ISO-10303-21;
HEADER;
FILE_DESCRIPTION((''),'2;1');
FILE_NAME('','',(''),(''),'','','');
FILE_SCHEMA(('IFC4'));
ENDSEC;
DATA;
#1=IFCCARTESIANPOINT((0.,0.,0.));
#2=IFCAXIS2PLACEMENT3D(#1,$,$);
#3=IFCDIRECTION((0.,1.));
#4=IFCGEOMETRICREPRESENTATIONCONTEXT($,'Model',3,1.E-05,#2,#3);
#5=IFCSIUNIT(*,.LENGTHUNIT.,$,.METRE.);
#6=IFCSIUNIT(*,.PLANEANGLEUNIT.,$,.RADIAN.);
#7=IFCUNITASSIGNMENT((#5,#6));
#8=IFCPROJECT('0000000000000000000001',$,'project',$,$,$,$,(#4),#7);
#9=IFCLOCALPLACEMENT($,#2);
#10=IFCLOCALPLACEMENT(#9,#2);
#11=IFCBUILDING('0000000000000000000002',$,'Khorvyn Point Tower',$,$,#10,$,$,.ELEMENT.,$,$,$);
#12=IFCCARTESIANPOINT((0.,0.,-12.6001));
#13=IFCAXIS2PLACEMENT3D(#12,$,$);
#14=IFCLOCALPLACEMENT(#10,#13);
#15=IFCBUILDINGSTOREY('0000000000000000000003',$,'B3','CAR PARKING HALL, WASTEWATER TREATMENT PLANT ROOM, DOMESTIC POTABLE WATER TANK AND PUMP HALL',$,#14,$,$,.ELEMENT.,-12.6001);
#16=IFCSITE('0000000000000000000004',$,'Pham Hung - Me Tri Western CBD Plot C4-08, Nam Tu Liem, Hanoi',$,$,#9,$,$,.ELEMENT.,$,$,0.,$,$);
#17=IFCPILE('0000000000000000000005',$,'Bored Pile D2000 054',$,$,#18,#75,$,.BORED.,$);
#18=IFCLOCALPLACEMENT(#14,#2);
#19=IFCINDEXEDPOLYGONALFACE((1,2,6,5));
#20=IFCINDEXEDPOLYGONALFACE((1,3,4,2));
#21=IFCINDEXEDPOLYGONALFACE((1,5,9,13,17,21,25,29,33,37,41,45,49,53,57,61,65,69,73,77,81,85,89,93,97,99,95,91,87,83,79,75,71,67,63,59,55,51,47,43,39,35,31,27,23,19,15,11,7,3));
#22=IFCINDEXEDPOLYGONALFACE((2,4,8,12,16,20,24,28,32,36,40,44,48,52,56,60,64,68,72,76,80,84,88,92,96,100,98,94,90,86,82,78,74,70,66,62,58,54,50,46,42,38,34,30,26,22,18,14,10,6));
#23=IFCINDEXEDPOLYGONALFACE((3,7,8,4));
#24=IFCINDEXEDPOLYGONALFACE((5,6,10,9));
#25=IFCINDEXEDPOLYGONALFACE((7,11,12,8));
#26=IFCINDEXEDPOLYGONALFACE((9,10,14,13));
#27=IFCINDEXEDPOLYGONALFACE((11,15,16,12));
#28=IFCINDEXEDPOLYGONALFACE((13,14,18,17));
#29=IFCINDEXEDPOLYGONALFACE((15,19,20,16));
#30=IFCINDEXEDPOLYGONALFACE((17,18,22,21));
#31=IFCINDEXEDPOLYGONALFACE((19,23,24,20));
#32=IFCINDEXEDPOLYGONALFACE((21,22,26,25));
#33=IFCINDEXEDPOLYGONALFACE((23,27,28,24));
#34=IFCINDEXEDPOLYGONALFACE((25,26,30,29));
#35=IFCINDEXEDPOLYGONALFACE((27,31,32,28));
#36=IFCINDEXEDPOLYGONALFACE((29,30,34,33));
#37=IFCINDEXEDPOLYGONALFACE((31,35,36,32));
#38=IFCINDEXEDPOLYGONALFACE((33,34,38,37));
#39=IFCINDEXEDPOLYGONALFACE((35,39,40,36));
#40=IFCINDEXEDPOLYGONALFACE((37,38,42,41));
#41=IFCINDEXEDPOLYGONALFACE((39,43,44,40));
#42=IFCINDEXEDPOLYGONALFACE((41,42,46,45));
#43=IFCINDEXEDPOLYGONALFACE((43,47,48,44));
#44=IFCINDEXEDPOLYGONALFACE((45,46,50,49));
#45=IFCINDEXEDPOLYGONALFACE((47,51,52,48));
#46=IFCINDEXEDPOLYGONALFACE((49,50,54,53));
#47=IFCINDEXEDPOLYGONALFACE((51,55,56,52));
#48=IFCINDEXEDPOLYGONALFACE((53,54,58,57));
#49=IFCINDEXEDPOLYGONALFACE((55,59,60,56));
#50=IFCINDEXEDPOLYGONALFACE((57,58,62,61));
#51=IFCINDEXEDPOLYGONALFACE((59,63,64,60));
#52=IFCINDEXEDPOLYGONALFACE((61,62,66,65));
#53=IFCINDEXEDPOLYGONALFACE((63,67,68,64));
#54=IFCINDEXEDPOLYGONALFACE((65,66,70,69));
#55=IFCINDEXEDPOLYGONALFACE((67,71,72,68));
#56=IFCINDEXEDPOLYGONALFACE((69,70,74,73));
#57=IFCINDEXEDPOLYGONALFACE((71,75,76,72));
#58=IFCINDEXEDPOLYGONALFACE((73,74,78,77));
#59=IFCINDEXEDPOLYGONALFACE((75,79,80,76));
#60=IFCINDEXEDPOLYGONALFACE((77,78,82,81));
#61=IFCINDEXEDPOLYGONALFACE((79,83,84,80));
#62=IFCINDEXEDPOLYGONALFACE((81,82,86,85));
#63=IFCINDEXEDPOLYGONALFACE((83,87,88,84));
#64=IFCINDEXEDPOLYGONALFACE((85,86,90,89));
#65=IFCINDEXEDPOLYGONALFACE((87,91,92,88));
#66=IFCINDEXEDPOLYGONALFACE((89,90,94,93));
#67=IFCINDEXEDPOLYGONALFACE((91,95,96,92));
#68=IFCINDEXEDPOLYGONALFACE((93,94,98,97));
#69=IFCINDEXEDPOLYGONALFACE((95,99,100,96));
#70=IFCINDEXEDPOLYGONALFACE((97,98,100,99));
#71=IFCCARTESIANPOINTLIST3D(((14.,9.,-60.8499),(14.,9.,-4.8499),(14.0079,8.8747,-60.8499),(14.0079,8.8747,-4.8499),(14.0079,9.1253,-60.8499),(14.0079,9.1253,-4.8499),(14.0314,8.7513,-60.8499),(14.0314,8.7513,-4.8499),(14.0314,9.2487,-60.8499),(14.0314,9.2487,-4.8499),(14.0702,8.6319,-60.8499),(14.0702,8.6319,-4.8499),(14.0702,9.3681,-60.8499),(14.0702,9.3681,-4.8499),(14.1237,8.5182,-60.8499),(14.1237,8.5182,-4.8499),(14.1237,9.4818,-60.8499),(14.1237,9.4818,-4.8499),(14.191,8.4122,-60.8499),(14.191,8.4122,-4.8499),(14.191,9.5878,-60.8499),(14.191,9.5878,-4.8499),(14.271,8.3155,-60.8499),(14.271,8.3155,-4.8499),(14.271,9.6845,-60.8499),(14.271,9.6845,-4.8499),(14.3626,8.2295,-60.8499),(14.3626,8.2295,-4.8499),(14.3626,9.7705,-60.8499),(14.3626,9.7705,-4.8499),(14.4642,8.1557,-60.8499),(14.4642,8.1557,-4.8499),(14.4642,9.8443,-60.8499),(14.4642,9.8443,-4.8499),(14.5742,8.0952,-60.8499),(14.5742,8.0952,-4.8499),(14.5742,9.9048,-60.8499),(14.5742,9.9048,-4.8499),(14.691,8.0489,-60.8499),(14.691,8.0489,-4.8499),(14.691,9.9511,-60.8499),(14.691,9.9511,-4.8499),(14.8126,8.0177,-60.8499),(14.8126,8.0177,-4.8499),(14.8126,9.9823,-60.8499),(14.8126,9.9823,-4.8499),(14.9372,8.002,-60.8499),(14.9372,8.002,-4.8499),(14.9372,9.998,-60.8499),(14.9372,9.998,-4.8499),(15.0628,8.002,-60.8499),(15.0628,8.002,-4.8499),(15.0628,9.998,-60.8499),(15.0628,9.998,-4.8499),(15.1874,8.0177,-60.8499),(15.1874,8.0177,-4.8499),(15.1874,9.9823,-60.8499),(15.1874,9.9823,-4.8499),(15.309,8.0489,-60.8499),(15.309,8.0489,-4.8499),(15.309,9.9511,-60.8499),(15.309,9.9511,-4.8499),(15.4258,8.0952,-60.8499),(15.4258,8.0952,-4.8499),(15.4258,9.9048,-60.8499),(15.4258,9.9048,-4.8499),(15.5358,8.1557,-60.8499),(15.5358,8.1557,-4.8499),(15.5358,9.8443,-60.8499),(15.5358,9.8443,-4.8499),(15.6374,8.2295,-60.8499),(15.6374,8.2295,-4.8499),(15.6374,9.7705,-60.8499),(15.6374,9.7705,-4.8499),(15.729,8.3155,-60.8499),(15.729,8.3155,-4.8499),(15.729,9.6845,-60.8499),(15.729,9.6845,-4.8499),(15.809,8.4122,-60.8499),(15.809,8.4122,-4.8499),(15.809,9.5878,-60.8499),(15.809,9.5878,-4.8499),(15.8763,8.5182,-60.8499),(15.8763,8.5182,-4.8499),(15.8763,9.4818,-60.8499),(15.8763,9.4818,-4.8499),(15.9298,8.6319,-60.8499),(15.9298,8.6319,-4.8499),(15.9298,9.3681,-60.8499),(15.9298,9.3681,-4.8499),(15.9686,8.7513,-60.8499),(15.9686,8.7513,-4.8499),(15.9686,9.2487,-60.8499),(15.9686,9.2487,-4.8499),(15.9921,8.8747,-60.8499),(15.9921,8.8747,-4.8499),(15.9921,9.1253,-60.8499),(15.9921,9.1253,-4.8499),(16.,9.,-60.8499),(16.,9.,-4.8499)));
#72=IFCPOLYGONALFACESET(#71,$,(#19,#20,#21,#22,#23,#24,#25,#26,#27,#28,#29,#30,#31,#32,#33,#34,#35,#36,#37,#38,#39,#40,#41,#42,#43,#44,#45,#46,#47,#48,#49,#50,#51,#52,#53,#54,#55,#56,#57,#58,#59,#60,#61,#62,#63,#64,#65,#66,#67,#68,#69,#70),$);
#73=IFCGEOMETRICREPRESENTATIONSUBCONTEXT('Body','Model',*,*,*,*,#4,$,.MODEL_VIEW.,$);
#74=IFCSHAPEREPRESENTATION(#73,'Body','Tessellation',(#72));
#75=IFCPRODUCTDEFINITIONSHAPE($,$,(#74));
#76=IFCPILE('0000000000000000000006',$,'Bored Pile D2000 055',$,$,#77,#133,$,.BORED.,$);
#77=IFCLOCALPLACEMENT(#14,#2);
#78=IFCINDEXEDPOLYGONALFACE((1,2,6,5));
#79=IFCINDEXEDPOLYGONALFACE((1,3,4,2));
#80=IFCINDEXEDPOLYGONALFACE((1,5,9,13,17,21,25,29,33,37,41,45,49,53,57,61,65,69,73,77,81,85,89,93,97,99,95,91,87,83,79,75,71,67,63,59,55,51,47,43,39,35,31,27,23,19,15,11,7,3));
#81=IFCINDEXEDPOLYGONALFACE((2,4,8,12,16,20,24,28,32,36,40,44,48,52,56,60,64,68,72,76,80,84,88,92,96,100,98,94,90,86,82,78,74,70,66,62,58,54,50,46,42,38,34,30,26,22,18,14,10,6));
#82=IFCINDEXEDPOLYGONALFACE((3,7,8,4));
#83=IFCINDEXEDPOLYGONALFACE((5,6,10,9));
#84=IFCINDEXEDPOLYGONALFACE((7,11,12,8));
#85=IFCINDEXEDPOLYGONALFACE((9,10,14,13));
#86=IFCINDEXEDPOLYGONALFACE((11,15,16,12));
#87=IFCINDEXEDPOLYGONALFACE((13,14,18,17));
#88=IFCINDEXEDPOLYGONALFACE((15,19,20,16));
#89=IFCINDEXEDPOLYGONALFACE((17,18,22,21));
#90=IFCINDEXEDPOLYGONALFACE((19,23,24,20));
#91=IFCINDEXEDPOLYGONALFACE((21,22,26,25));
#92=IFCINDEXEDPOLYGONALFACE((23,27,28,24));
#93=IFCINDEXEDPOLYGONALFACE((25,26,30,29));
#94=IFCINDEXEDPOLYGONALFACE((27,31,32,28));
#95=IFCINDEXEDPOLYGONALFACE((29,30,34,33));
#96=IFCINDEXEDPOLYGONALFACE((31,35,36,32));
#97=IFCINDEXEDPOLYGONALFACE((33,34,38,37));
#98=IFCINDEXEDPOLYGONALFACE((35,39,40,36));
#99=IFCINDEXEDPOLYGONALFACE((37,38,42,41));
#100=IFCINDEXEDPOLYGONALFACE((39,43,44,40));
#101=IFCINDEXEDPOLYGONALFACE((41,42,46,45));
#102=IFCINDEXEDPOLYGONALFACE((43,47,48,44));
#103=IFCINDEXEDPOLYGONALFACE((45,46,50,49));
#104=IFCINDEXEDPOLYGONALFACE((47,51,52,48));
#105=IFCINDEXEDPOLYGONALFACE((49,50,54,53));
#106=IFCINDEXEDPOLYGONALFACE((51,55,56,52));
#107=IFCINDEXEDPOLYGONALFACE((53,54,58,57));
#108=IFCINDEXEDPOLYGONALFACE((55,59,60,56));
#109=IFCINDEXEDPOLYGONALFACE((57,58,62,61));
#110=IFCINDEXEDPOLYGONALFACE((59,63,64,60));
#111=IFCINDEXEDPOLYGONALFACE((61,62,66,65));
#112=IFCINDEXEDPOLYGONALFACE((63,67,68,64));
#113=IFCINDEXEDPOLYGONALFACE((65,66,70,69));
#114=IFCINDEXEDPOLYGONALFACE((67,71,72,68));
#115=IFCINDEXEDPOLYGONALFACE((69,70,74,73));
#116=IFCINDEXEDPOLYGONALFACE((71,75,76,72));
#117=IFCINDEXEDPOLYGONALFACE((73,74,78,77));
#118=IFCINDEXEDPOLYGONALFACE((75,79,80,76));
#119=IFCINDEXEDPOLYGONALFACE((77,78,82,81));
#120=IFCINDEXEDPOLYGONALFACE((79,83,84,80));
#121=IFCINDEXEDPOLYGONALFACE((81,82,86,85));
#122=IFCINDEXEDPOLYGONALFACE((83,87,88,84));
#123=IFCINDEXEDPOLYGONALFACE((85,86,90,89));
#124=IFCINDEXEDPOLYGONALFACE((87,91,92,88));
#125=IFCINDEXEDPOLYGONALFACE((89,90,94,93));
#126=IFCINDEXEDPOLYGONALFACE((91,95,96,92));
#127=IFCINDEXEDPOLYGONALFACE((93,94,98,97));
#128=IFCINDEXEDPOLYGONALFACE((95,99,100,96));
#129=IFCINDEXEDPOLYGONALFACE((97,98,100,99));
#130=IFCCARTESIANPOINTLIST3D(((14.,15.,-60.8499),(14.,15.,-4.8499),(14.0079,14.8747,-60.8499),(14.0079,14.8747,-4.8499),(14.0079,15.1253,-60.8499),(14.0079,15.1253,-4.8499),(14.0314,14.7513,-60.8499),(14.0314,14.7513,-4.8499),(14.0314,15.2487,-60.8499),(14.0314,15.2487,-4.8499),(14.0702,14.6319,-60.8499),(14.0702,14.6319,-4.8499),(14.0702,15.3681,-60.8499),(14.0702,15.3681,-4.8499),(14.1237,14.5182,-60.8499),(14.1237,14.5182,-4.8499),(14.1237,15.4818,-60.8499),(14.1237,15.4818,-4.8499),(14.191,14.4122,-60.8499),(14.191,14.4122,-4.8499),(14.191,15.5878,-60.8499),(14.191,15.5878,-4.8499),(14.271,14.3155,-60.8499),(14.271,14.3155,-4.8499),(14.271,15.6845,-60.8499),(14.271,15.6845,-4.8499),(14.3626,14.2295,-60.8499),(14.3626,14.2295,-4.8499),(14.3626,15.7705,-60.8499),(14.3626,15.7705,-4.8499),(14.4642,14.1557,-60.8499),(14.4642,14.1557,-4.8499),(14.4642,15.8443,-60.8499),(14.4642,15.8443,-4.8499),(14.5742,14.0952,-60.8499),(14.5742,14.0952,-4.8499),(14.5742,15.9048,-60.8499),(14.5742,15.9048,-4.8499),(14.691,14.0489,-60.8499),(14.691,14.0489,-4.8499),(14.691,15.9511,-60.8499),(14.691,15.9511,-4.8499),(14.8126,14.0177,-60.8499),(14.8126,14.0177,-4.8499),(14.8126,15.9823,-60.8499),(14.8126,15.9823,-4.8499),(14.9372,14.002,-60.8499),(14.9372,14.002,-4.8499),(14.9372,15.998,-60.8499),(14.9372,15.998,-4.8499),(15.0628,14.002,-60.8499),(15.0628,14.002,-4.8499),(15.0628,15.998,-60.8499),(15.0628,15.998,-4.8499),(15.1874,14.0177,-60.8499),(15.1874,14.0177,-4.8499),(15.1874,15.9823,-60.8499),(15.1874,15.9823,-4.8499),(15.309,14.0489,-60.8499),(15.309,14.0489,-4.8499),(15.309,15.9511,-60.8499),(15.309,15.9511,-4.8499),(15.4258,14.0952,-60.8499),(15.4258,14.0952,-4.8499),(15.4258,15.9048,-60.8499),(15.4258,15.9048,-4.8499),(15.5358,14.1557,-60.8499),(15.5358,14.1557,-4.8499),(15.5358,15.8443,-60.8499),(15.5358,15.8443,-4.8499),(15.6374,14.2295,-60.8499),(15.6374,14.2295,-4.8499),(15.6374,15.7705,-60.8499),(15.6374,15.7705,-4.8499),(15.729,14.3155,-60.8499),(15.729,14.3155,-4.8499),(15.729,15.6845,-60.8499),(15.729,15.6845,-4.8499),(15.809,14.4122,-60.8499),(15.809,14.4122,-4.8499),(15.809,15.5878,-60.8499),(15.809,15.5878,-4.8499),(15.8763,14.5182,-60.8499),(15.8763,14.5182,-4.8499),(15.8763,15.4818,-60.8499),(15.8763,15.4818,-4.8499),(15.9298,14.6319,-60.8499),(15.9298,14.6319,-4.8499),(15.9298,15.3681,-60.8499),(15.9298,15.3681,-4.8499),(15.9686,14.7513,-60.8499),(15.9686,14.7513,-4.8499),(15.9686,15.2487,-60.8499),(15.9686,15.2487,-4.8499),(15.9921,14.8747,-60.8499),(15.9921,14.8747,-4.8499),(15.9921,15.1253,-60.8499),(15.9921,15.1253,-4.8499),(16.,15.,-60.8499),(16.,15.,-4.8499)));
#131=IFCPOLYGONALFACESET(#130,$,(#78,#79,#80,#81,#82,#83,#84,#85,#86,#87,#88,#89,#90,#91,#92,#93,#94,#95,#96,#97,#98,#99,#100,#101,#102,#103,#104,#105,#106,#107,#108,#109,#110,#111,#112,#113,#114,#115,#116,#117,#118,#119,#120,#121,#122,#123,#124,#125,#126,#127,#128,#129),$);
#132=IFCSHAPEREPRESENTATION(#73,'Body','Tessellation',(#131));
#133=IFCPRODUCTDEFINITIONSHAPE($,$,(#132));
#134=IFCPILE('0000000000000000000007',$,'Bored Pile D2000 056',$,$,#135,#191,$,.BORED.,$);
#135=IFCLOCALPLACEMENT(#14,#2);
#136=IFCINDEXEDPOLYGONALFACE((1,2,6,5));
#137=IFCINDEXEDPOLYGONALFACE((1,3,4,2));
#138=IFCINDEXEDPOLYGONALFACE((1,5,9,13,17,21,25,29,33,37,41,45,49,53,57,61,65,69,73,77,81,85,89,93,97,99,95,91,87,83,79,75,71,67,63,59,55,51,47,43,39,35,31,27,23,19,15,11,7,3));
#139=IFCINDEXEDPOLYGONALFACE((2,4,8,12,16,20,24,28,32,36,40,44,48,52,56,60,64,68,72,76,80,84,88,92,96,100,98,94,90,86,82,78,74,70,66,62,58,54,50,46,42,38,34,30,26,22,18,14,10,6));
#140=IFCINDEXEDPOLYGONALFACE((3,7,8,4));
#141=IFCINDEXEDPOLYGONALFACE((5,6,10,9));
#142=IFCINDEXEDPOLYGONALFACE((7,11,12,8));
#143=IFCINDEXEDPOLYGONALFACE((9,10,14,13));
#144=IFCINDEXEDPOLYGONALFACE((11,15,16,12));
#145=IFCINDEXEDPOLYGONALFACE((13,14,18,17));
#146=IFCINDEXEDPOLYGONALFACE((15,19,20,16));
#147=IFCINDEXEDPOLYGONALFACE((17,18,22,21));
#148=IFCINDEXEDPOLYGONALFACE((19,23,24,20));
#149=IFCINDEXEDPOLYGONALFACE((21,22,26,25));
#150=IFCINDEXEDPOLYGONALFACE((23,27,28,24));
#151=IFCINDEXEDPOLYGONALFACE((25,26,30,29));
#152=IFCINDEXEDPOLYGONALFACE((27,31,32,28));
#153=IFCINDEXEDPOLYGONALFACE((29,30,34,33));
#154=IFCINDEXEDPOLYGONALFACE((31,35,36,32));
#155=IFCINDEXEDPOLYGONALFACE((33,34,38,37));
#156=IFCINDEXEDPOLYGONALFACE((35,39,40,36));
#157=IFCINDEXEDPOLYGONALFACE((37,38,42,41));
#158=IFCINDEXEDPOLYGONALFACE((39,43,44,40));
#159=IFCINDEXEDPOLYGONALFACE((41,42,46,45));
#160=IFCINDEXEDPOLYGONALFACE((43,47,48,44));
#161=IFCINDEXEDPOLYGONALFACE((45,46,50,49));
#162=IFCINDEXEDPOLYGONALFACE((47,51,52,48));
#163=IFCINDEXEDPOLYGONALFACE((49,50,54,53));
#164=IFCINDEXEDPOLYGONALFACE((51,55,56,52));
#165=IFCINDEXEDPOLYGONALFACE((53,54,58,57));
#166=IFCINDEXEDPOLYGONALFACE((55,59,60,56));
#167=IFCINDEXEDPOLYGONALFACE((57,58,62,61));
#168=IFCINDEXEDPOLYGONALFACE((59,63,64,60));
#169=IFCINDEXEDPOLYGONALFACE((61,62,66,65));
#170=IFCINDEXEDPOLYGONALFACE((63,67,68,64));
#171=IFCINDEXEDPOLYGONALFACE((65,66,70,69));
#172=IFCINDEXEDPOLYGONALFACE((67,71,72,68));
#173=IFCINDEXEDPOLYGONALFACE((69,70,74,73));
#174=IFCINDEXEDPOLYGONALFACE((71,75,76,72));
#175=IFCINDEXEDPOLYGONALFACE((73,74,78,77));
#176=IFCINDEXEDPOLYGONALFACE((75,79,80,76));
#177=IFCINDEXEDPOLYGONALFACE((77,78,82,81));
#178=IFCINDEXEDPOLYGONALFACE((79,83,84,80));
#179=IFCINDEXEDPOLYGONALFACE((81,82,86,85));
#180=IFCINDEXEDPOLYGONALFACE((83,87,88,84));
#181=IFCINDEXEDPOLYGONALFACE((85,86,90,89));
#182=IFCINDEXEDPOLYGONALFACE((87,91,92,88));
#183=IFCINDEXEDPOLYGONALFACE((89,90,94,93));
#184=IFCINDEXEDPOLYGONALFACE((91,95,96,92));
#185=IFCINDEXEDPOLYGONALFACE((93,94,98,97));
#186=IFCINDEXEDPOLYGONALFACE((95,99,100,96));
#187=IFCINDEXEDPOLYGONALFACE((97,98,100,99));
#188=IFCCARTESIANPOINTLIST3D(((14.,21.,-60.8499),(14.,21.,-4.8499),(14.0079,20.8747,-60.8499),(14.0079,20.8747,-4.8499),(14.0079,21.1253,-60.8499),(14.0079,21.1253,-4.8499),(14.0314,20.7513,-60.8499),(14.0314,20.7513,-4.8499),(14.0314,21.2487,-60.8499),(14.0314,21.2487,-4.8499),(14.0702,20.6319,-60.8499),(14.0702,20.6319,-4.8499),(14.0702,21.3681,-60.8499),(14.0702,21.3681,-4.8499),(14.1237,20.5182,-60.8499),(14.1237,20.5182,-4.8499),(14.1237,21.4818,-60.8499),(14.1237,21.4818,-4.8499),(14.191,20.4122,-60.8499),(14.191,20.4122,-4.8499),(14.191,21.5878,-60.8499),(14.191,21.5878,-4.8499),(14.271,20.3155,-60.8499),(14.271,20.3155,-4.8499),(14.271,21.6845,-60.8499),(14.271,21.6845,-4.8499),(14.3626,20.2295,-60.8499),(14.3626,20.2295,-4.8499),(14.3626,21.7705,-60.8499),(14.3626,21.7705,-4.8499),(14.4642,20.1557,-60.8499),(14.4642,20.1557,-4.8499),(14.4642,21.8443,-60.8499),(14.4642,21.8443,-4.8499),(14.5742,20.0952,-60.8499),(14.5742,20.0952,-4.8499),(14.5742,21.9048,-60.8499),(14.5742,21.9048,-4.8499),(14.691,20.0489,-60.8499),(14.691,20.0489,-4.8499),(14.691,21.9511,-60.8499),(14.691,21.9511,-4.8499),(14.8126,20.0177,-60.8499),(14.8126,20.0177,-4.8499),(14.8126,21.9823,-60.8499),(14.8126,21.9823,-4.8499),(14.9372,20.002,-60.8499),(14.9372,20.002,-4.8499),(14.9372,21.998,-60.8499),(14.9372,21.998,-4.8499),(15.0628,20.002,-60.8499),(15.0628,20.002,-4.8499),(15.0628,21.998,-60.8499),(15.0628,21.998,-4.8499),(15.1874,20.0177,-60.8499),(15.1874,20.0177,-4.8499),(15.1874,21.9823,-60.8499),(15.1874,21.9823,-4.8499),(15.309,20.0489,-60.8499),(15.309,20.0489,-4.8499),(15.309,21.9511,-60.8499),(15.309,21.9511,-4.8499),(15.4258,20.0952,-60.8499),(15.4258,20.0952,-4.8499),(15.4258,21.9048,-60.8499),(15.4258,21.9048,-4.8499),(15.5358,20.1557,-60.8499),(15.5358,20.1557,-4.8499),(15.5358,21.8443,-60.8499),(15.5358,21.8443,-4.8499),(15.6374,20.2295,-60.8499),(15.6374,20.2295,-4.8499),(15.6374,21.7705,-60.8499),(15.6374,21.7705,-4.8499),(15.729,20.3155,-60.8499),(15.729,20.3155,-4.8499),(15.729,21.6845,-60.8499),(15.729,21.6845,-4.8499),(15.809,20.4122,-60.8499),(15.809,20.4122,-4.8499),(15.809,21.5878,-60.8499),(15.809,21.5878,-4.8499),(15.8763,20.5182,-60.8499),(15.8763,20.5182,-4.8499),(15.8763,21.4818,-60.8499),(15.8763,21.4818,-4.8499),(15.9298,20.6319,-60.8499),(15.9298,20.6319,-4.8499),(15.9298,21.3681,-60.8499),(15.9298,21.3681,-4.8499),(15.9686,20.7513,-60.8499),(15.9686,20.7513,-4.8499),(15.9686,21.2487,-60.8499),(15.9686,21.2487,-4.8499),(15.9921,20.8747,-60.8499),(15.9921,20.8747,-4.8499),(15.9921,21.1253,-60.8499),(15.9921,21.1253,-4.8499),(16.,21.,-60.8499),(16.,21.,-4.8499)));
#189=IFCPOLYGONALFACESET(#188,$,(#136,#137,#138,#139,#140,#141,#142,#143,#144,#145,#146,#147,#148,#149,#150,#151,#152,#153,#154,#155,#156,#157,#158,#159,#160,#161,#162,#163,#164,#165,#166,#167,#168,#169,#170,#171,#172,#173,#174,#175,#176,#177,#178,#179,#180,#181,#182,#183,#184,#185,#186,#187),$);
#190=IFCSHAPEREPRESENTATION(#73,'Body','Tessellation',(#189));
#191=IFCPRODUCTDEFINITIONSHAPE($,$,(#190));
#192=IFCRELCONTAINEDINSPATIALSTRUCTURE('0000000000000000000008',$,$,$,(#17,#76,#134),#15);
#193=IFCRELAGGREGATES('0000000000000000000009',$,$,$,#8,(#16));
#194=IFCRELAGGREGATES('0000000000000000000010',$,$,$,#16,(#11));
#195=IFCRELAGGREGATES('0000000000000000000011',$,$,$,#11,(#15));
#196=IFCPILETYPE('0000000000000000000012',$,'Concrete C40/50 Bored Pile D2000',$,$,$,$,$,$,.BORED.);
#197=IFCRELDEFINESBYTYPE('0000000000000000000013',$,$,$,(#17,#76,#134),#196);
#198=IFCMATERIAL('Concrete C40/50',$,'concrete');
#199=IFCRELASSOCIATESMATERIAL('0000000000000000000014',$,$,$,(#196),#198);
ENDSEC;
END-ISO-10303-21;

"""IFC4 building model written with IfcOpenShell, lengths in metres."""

from ifc_helpers import new_model, si_unit, direction, frame, origin, origin_2d, place, context, subcontext, project, spatial, circle, extrude, material, material_profile, profile_set, type_object, element, save


model = new_model("IFC4")

# Units and contexts
model_context = context("Model", 3, precision=1e-05, world=origin(), true_north=direction((0.0, 1.0)))
body_context = subcontext(model_context, "Body", "Model", "MODEL_VIEW")
ifc_project = project(units=[si_unit("LENGTHUNIT", "METRE"), si_unit("PLANEANGLEUNIT", "RADIAN")], contexts=[model_context])

# Site, building, storey
site_placement = place(None, origin())
site = spatial("IfcSite", under=ifc_project, at=site_placement, Name="Pham Hung - Me Tri Western CBD Plot C4-08, Nam Tu Liem, Hanoi", CompositionType="ELEMENT", RefElevation=0.0)
building_placement = place(site_placement, origin())
building = spatial("IfcBuilding", under=site, at=building_placement, Name="Khorvyn Point Tower", CompositionType="ELEMENT")
storey_placement = place(building_placement, frame((0.0, 0.0, -12.6001)))
storey = spatial("IfcBuildingStorey", under=building, at=storey_placement, Name="B3", Description="CAR PARKING HALL, WASTEWATER TREATMENT PLANT ROOM, DOMESTIC POTABLE WATER TANK AND PUMP HALL", CompositionType="ELEMENT", Elevation=-12.6001)

# Piles
ifc_material_1 = material(Name="Concrete C40/50", Category="concrete")
ifc_material_profile_1 = material_profile(ifc_material_1, circle(Radius=1.0, at=origin_2d()))
ifc_profile_set_1 = profile_set([ifc_material_profile_1], Name="Concrete C40/50 PILE-D2000")
pile_type_1 = type_object("IfcPileType", Name="Concrete C40/50 Bored Pile D2000", PredefinedType="BORED", material=ifc_profile_set_1)
for number, where, z_axis, x_axis, name in (
    (1, (15.0, 9.0, -4.8499), (0.0, 0.0, -1.0), (1.0, 0.0, 0.0), "Bored Pile D2000 054"),
    (2, (15.0, 15.0, -4.8499), (0.0, 0.0, -1.0), (1.0, 0.0, 0.0), "Bored Pile D2000 055"),
    (3, (15.0, 21.0, -4.8499), (0.0, 0.0, -1.0), (1.0, 0.0, 0.0), "Bored Pile D2000 056"),
):
    element("IfcPile", number, at=place(storey_placement, frame(where, z_axis=z_axis, x_axis=x_axis)), inside=storey, type_object=pile_type_1, Name=name, PredefinedType="BORED", context=body_context, shape_type="SweptSolid", body=[
        extrude(circle(Radius=1.0, at=origin_2d()), origin(), (0.0, 0.0, 1.0), 56.0),
    ])

save(model, "model.ifc")
